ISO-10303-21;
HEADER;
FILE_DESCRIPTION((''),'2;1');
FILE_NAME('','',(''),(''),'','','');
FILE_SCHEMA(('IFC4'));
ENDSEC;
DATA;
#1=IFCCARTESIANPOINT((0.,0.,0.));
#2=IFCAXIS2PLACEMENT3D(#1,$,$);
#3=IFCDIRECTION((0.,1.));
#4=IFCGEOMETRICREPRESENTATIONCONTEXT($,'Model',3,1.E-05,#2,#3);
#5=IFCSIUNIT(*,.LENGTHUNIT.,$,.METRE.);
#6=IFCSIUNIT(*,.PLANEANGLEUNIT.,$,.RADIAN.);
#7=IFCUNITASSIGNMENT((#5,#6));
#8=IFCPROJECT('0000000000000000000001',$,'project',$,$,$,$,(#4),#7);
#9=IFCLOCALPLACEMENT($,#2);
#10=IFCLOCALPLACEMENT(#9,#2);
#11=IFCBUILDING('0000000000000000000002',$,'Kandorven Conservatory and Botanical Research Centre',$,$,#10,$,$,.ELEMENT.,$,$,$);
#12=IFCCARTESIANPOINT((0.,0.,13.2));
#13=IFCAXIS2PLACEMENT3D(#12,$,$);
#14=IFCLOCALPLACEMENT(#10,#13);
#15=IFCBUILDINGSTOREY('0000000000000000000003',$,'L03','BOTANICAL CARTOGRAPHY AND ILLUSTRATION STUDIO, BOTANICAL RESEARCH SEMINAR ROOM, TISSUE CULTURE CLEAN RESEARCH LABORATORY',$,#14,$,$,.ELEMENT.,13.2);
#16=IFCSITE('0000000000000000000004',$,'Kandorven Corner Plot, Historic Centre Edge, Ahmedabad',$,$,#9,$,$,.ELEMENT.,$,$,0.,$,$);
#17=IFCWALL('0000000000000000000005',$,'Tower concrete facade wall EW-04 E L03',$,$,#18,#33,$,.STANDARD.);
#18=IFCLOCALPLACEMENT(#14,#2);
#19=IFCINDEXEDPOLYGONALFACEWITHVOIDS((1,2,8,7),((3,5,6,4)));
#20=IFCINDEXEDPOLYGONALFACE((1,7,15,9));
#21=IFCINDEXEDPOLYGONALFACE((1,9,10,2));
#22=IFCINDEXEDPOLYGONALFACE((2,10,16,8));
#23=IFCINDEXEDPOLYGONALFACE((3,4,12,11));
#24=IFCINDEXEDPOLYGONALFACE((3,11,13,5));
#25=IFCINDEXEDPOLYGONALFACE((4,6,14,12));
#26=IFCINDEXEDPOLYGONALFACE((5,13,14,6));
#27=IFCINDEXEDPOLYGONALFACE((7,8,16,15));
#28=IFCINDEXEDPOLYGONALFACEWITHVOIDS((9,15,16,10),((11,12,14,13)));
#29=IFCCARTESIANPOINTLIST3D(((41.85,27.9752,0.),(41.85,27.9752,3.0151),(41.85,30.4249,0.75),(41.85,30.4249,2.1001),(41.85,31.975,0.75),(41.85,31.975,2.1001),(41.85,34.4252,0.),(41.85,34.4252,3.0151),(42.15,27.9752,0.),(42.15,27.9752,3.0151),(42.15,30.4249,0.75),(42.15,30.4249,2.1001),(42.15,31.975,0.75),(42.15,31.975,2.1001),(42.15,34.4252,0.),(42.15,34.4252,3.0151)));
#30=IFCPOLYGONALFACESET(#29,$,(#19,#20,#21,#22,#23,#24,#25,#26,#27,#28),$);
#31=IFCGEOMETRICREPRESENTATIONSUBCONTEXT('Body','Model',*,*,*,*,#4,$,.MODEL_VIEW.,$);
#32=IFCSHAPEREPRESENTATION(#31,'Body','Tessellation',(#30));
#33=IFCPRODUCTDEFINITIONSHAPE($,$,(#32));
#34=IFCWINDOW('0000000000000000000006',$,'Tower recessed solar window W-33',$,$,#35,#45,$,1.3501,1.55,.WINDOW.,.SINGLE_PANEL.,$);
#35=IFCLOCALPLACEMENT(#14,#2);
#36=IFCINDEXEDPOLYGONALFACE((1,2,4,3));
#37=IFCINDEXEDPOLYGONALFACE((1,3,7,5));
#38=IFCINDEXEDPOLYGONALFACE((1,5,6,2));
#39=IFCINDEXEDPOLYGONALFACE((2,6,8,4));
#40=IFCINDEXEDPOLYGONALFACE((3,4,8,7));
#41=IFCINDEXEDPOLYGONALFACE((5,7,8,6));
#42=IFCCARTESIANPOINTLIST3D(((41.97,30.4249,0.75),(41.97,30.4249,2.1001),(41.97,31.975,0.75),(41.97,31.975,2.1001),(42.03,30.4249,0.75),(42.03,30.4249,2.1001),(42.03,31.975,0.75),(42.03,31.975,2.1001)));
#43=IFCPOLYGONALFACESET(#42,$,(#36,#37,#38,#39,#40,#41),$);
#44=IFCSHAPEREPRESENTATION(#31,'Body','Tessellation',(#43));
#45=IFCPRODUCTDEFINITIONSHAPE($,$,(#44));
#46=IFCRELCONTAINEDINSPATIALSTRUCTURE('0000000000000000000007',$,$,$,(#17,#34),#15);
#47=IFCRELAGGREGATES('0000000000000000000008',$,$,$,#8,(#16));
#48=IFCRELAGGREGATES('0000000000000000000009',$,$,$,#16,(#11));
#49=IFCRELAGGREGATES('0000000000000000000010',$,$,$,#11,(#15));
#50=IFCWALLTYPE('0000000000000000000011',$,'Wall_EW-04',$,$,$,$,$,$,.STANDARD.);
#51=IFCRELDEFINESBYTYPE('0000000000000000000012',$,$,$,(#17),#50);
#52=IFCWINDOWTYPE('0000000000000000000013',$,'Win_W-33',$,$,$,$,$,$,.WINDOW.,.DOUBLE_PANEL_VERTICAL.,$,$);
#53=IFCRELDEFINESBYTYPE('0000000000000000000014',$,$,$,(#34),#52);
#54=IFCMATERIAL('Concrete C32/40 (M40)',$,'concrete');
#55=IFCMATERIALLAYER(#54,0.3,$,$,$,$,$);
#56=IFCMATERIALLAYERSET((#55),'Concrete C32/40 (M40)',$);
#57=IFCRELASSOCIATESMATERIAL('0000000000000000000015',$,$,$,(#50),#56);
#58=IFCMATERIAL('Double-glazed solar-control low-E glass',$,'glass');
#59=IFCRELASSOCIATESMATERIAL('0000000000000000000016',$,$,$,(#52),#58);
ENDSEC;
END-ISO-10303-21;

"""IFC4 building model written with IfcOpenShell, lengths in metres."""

from ifc_helpers import new_model, si_unit, direction, frame, frame_2d, origin, place, context, subcontext, project, spatial, rectangle, extrude, material, layer, layer_set, type_object, element, fill, save


model = new_model("IFC4")

# Units and contexts
model_context = context("Model", 3, precision=1e-05, world=origin(), true_north=direction((0.0, 1.0)))
body_context = subcontext(model_context, "Body", "Model", "MODEL_VIEW")
ifc_project = project(units=[si_unit("LENGTHUNIT", "METRE"), si_unit("PLANEANGLEUNIT", "RADIAN")], contexts=[model_context])

# Site, building, storey
site_placement = place(None, origin())
site = spatial("IfcSite", under=ifc_project, at=site_placement, Name="Kandorven Corner Plot, Historic Centre Edge, Ahmedabad", CompositionType="ELEMENT", RefElevation=0.0)
building_placement = place(site_placement, origin())
building = spatial("IfcBuilding", under=site, at=building_placement, Name="Kandorven Conservatory and Botanical Research Centre", CompositionType="ELEMENT")
storey_placement = place(building_placement, frame((0.0, 0.0, 13.2)))
storey = spatial("IfcBuildingStorey", under=building, at=storey_placement, Name="L03", Description="BOTANICAL CARTOGRAPHY AND ILLUSTRATION STUDIO, BOTANICAL RESEARCH SEMINAR ROOM, TISSUE CULTURE CLEAN RESEARCH LABORATORY", CompositionType="ELEMENT", Elevation=13.2)

# Wall, opening, window
ifc_material_1 = material(Name="Concrete C32/40 (M40)", Category="concrete")
ifc_layer_1 = layer(ifc_material_1, 0.3)
ifc_layer_set_1 = layer_set([ifc_layer_1], Name="Concrete C32/40 (M40)")
wall_type_1 = type_object("IfcWallType", Name="Wall_EW-04", PredefinedType="STANDARD", material=ifc_layer_set_1)
wall_1_placement = place(storey_placement, frame((42.0, 27.9751, 0.0), z_axis=(0.0, 0.0, 1.0), x_axis=(0.0, 1.0, 0.0)))
wall_1 = element("IfcWall", 1, at=wall_1_placement, inside=storey, type_object=wall_type_1, Name="Tower concrete facade wall EW-04 E L03", PredefinedType="STANDARD", context=body_context, shape_type="SweptSolid", body=[
    extrude(rectangle(XDim=6.45, YDim=0.3, at=frame_2d((3.2251, 0.0))), origin(), (0.0, 0.0, 1.0), 3.0151),
])
opening_1_placement = place(wall_1_placement, frame((2.45, 0.0, 0.75)))
opening_1 = element("IfcOpeningElement", 2, at=opening_1_placement, cuts=wall_1, PredefinedType="OPENING", context=body_context, shape_type="SweptSolid", body=[
    extrude(rectangle(XDim=1.55, YDim=1.3501, at=frame_2d((0.7749, 0.675))), frame((0.0, 0.1599, 0.0), z_axis=(0.0, -1.0, 0.0), x_axis=(1.0, 0.0, 0.0)), (0.0, 0.0, 1.0), 0.3201),
])
ifc_material_2 = material(Name="Double-glazed solar-control low-E glass", Category="glass")
window_type_1 = type_object("IfcWindowType", Name="Win_W-33", PartitioningType="DOUBLE_PANEL_VERTICAL", PredefinedType="WINDOW", material=ifc_material_2)
window_1_placement = place(opening_1_placement, origin())
window_1 = element("IfcWindow", 3, at=window_1_placement, inside=storey, type_object=window_type_1, Name="Tower recessed solar window W-33", OverallHeight=1.3501, OverallWidth=1.55, PartitioningType="SINGLE_PANEL", PredefinedType="WINDOW", context=body_context, shape_type="SweptSolid", body=[
    extrude(rectangle(XDim=1.55, YDim=1.3501, at=frame_2d((0.7749, 0.675))), frame((0.0, 0.03, 0.0), z_axis=(0.0, -1.0, 0.0), x_axis=(1.0, 0.0, 0.0)), (0.0, 0.0, 1.0), 0.0601),
])
fill(opening_1, window_1)

save(model, "model.ifc")
